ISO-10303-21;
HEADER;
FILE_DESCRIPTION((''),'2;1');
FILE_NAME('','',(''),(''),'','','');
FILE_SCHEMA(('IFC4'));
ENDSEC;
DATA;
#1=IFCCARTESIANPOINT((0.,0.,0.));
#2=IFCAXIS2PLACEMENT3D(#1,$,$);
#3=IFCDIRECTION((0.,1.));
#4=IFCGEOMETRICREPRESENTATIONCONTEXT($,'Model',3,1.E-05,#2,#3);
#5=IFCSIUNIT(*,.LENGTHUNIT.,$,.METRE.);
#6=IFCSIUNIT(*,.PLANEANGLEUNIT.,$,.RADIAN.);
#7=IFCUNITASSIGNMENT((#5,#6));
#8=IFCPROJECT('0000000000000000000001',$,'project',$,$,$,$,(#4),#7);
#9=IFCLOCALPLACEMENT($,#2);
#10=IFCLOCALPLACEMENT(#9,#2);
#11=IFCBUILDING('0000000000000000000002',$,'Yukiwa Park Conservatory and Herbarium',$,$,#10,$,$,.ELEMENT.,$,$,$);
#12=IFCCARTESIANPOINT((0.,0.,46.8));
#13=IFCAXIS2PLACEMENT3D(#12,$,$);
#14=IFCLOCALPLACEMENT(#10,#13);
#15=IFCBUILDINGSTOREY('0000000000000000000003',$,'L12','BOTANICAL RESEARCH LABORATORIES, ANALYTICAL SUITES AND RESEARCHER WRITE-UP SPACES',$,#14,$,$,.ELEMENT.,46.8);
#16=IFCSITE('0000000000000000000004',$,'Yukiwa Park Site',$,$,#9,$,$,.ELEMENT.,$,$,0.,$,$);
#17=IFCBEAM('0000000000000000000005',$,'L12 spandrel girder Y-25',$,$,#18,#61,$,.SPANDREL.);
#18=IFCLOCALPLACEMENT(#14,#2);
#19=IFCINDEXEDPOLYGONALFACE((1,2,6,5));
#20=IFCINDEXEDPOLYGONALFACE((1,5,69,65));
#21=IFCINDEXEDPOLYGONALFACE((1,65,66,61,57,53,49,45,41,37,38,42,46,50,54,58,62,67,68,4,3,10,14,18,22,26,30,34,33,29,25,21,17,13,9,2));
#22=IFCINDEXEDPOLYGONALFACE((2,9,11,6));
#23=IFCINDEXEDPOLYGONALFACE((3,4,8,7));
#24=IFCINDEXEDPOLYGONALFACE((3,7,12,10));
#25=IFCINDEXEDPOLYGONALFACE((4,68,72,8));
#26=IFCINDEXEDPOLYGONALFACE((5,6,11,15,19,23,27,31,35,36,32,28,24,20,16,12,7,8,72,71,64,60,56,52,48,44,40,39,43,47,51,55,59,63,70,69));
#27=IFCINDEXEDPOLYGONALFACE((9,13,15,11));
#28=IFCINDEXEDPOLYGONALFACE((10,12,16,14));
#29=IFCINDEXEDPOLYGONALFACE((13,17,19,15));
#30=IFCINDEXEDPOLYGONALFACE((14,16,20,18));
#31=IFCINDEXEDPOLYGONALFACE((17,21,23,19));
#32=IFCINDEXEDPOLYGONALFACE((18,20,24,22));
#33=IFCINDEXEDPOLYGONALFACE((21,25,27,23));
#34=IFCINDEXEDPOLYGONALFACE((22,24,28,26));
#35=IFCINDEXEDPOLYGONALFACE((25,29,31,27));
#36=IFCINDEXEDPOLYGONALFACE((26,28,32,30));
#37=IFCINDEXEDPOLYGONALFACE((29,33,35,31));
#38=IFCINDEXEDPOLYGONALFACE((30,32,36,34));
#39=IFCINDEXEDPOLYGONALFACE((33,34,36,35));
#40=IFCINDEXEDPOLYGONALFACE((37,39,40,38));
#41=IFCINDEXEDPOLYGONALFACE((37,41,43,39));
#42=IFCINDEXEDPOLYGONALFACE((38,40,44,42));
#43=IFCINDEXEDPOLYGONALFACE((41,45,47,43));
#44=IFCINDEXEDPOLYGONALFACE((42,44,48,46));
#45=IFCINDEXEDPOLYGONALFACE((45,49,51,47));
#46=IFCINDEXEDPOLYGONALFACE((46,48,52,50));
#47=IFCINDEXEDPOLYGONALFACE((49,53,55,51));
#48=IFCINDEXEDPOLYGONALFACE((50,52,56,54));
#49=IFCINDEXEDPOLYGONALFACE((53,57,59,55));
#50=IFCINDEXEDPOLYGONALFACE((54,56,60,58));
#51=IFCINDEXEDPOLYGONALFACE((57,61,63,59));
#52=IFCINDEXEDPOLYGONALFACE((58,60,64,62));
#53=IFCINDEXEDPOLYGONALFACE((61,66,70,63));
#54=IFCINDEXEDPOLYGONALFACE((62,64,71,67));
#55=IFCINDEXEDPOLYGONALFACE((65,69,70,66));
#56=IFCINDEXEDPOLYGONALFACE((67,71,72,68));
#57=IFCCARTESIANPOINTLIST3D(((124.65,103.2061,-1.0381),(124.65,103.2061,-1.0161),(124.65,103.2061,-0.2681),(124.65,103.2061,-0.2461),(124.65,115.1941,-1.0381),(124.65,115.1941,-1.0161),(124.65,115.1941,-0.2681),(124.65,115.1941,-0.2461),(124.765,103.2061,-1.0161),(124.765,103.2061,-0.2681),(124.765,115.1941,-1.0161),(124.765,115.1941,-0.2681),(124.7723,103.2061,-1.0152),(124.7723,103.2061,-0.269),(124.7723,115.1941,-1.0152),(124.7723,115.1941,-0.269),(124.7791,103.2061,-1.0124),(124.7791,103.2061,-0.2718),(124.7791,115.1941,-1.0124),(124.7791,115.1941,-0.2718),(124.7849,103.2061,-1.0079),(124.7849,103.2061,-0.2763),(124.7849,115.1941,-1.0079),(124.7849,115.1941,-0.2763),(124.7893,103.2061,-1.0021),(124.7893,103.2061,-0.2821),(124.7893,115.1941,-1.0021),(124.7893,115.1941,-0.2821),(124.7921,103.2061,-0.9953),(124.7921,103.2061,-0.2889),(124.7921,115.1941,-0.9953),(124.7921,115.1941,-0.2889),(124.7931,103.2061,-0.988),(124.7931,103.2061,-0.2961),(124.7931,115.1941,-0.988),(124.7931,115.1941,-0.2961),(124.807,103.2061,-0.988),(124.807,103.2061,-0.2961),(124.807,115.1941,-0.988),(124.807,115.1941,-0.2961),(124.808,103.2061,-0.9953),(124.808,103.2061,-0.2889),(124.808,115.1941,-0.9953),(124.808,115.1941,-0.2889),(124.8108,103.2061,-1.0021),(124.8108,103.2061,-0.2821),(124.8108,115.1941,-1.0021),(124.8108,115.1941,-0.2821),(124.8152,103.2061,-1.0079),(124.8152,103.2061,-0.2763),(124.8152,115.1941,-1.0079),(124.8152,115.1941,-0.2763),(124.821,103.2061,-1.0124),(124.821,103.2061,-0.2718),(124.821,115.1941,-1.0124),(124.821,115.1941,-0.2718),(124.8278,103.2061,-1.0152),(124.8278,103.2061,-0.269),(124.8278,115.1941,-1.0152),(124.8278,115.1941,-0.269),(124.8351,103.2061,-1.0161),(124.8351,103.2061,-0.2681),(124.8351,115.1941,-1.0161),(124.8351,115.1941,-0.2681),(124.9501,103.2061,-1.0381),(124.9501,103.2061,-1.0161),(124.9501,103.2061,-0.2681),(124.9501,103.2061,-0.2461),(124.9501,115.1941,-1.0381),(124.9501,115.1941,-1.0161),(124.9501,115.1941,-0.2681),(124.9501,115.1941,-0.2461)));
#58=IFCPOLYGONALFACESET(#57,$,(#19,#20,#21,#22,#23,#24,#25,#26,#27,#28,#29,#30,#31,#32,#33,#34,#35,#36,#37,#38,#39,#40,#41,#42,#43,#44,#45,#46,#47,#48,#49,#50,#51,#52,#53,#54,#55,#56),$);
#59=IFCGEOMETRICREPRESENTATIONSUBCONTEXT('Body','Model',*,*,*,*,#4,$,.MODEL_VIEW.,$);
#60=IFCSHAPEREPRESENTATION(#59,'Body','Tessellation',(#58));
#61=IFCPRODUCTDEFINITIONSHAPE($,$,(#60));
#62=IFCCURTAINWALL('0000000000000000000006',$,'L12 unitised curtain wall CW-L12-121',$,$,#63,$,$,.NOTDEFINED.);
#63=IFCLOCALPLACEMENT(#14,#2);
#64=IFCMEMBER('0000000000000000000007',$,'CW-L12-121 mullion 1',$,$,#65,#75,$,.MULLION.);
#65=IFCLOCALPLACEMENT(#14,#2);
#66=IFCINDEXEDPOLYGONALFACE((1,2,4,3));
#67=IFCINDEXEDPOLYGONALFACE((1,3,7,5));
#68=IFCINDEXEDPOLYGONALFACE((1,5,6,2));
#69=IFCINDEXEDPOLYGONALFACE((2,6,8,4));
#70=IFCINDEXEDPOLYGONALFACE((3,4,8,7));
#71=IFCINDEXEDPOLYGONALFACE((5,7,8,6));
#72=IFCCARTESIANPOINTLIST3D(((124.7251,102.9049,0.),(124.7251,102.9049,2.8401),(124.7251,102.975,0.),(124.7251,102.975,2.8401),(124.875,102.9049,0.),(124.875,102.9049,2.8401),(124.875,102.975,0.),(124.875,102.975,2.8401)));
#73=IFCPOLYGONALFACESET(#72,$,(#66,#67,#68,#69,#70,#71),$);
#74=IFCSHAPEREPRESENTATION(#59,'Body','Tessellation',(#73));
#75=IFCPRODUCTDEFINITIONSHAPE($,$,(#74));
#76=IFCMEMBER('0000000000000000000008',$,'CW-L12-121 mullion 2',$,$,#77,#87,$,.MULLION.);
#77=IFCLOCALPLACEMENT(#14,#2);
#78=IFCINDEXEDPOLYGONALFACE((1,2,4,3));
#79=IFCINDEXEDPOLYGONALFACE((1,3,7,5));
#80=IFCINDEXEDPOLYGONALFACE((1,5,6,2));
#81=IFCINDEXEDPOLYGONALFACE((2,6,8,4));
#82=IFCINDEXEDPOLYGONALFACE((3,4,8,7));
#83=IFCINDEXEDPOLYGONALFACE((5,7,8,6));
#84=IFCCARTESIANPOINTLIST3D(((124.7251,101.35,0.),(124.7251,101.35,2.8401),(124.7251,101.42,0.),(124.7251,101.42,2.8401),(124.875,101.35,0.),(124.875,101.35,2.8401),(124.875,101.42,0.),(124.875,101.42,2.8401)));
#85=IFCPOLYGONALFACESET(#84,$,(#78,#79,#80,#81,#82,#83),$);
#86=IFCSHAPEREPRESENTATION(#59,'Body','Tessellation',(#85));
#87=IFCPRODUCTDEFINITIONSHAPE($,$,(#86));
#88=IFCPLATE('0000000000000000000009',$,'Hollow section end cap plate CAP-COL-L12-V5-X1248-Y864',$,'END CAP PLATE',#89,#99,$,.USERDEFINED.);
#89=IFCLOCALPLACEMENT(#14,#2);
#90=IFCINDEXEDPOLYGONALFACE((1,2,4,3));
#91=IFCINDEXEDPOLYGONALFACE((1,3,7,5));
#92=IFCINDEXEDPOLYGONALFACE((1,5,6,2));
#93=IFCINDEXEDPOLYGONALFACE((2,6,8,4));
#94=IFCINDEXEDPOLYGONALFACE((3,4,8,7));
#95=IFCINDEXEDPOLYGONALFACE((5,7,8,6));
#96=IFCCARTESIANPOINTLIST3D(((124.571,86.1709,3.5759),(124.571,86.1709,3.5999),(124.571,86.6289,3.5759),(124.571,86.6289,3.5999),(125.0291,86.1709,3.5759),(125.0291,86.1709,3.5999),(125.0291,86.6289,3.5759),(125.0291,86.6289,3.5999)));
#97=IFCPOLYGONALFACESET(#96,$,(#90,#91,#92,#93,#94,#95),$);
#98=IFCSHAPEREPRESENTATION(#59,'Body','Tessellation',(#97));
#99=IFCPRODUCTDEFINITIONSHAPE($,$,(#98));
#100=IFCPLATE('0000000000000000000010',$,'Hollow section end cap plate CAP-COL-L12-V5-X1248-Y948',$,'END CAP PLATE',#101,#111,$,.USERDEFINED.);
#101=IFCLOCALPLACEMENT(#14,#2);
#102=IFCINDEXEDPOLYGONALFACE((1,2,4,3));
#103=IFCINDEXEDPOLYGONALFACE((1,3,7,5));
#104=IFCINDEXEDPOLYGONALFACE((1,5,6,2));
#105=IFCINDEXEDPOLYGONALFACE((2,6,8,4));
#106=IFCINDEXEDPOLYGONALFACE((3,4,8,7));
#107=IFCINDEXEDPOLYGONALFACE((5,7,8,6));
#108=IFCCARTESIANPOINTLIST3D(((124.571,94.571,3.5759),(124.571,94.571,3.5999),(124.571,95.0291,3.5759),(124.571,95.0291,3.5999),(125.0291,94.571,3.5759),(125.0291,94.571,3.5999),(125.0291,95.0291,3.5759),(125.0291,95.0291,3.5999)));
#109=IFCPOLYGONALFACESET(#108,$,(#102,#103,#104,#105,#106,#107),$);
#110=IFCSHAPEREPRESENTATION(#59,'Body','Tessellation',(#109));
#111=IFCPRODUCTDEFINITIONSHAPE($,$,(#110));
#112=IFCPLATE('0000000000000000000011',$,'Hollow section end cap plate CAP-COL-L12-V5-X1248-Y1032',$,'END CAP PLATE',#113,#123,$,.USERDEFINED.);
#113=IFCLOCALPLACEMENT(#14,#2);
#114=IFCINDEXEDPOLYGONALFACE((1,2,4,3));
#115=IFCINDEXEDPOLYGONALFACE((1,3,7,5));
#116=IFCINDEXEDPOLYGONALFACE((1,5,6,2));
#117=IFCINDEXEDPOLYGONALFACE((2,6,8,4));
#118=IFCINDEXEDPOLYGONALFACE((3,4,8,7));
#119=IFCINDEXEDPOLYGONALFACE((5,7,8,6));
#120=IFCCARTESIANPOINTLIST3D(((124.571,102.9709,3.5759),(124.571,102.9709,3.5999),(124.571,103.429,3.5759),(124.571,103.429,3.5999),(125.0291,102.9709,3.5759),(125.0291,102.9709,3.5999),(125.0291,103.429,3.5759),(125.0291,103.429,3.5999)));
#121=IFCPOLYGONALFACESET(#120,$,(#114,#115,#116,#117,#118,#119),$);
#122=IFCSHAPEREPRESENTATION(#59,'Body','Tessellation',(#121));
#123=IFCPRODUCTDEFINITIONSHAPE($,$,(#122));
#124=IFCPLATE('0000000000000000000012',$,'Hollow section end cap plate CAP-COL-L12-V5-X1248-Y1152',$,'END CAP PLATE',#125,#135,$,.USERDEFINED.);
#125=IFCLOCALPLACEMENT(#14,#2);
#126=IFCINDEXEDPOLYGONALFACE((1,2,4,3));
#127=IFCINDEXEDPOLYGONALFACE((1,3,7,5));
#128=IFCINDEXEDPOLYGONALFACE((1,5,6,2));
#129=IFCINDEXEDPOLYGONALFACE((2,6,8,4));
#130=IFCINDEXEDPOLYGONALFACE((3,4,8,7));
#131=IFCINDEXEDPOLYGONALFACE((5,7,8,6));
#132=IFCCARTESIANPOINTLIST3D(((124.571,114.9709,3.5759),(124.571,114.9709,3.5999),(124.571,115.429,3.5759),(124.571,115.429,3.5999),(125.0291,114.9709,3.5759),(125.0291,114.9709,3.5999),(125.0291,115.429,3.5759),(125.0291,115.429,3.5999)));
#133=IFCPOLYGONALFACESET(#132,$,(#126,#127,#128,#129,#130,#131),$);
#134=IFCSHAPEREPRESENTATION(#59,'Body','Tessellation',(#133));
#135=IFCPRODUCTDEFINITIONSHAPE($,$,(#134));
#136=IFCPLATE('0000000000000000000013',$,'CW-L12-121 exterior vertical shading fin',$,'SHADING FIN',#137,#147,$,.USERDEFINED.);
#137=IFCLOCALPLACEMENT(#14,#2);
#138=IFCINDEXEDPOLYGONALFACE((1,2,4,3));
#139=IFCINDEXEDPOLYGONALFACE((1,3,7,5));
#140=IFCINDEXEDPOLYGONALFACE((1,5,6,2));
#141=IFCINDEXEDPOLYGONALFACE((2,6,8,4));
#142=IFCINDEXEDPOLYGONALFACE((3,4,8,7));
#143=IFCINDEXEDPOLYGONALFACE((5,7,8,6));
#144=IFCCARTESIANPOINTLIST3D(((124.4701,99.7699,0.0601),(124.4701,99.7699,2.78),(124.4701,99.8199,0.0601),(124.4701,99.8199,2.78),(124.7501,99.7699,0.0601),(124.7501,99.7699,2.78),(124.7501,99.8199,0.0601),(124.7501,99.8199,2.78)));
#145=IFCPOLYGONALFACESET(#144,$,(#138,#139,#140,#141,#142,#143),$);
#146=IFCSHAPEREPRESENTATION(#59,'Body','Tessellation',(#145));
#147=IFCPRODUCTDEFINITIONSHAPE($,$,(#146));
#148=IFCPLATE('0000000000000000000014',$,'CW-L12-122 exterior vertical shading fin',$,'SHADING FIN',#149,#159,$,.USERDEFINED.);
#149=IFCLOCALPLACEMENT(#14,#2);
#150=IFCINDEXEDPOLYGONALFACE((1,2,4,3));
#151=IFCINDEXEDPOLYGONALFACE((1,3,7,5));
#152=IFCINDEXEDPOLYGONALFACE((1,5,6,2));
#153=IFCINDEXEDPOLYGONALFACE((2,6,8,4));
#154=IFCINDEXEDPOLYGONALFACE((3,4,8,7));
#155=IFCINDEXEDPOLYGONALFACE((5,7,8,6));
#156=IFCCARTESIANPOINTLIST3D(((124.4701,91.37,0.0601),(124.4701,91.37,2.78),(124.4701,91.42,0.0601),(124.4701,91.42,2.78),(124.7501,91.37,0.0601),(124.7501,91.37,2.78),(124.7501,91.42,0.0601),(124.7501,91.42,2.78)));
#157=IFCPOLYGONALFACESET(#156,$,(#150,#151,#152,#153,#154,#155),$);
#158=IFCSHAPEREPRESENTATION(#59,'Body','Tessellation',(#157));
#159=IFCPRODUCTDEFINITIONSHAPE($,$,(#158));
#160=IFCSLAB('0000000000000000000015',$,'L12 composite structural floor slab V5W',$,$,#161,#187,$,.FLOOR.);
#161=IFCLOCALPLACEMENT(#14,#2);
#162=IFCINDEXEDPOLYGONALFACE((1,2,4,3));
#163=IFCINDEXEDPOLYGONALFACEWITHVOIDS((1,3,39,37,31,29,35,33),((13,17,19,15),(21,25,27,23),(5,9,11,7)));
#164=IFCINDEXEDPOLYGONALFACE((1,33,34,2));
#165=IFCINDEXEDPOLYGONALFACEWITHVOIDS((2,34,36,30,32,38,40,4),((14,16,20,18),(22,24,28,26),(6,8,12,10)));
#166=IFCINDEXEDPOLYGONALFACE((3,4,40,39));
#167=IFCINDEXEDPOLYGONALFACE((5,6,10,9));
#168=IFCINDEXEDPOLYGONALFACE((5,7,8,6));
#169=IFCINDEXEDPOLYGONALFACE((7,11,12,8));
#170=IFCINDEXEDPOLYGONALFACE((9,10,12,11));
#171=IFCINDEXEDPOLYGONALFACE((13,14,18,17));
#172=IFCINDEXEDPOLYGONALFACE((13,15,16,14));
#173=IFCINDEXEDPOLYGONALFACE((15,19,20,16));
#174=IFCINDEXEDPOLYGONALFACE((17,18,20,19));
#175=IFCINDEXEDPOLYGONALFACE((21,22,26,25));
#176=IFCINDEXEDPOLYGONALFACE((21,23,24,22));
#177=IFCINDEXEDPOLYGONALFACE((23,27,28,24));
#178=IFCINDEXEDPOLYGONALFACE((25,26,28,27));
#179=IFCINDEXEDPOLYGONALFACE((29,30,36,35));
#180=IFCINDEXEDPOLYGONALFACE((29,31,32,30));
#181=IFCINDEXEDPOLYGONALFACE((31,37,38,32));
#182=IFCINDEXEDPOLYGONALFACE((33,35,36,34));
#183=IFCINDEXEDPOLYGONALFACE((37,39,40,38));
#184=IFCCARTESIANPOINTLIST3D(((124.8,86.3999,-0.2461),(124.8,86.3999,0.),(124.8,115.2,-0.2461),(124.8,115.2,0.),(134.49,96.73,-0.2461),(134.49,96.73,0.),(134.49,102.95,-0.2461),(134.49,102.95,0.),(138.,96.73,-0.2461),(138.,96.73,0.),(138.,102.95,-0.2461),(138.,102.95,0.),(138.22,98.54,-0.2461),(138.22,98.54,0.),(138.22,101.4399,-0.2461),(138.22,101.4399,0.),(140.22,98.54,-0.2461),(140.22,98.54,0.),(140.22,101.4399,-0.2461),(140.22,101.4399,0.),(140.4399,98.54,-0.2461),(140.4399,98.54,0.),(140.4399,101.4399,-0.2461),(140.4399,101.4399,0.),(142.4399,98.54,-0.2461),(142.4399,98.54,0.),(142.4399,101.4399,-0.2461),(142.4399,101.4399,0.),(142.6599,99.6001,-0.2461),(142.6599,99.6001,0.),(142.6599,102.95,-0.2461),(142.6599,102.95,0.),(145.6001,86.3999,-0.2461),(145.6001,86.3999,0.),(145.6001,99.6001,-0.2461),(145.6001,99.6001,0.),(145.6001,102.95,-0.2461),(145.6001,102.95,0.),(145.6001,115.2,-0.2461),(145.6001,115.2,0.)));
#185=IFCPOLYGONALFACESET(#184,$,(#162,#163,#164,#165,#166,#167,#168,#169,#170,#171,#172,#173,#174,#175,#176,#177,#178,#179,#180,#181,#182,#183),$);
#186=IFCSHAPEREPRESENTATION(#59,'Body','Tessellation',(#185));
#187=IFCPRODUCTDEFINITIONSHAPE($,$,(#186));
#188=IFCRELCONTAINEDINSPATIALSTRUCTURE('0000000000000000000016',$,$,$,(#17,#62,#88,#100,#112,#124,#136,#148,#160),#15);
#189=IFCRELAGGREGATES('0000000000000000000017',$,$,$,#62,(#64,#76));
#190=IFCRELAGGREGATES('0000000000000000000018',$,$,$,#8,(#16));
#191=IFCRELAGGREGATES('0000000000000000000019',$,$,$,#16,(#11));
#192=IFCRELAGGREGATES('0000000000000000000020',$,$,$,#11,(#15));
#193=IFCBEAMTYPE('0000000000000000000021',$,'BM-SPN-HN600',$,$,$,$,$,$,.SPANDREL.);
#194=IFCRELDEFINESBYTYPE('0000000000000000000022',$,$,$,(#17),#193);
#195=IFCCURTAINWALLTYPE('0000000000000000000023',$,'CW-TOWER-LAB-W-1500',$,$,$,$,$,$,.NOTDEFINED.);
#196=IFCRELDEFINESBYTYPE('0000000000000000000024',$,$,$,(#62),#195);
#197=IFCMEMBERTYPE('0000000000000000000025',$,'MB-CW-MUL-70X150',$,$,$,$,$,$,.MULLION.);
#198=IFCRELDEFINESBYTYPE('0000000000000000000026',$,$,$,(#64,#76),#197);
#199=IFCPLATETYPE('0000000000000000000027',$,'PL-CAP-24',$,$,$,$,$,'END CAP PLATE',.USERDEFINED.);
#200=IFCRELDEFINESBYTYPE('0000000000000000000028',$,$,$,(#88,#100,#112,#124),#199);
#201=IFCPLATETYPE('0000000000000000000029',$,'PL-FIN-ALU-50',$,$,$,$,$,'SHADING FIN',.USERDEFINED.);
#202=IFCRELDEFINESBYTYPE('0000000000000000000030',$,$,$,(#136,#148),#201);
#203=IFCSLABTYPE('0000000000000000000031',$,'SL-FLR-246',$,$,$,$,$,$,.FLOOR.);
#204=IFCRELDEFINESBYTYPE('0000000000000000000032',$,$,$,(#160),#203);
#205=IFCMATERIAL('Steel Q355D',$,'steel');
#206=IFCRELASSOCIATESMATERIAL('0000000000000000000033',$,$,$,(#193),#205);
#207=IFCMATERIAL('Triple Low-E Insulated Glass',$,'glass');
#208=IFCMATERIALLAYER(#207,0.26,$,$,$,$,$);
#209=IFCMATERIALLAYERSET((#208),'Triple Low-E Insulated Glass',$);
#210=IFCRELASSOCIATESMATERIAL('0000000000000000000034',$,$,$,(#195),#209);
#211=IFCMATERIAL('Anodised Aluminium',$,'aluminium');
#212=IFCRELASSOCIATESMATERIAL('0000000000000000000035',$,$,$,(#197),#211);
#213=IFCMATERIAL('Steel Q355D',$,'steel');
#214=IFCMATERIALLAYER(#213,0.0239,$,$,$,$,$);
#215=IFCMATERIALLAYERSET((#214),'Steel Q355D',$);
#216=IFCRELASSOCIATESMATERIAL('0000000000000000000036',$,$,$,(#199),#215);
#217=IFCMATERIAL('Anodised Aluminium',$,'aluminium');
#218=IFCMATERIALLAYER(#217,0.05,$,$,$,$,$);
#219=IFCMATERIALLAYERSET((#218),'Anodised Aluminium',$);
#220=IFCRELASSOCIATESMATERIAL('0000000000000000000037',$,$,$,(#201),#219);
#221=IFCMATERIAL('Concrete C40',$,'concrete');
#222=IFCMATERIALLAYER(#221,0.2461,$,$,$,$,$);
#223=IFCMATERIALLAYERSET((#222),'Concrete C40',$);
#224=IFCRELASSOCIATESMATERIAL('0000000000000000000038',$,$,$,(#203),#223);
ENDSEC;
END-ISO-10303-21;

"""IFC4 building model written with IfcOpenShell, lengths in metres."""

from ifc_helpers import new_model, si_unit, direction, frame, origin, origin_2d, place, context, subcontext, project, spatial, polyline, rectangle, i_section, outline, extrude, material, layer, layer_set, material_profile, profile_set, type_object, element, aggregate, save


model = new_model("IFC4")

# Units and contexts
model_context = context("Model", 3, precision=1e-05, world=origin(), true_north=direction((0.0, 1.0)))
body_context = subcontext(model_context, "Body", "Model", "MODEL_VIEW")
ifc_project = project(units=[si_unit("LENGTHUNIT", "METRE"), si_unit("PLANEANGLEUNIT", "RADIAN")], contexts=[model_context])

# Site, building, storey
site_placement = place(None, origin())
site = spatial("IfcSite", under=ifc_project, at=site_placement, Name="Yukiwa Park Site", CompositionType="ELEMENT", RefElevation=0.0)
building_placement = place(site_placement, origin())
building = spatial("IfcBuilding", under=site, at=building_placement, Name="Yukiwa Park Conservatory and Herbarium", CompositionType="ELEMENT")
storey_placement = place(building_placement, frame((0.0, 0.0, 46.8)))
storey = spatial("IfcBuildingStorey", under=building, at=storey_placement, Name="L12", Description="BOTANICAL RESEARCH LABORATORIES, ANALYTICAL SUITES AND RESEARCHER WRITE-UP SPACES", CompositionType="ELEMENT", Elevation=46.8)

# Beam
ifc_material_1 = material(Name="Steel Q355D", Category="steel")
ifc_material_profile_1 = material_profile(ifc_material_1, i_section(OverallWidth=0.3, OverallDepth=0.792, WebThickness=0.0139, FlangeThickness=0.022, FilletRadius=0.0281, at=origin_2d()), Name="HN 792x300x14x22")
ifc_profile_set_1 = profile_set([ifc_material_profile_1], Name="Steel Q355D")
beam_type_1 = type_object("IfcBeamType", Name="BM-SPN-HN600", PredefinedType="SPANDREL", material=ifc_profile_set_1)
beam_1_placement = place(storey_placement, frame((124.8, 103.2061, -0.6421), z_axis=(0.0, 1.0, 0.0), x_axis=(-1.0, 0.0, 0.0)))
element("IfcBeam", 1, at=beam_1_placement, inside=storey, type_object=beam_type_1, Name="L12 spandrel girder Y-25", PredefinedType="SPANDREL", context=body_context, shape_type="SweptSolid", body=[
    extrude(i_section(OverallWidth=0.3, OverallDepth=0.792, WebThickness=0.0139, FlangeThickness=0.022, FilletRadius=0.0281, at=origin_2d()), origin(), (0.0, 0.0, 1.0), 11.988),
])

# Curtain wall, members
ifc_material_2 = material(Name="Triple Low-E Insulated Glass", Category="glass")
ifc_layer_1 = layer(ifc_material_2, 0.26)
ifc_layer_set_1 = layer_set([ifc_layer_1], Name="Triple Low-E Insulated Glass")
curtain_wall_type = type_object("IfcCurtainWallType", Name="CW-TOWER-LAB-W-1500", PredefinedType="NOTDEFINED", material=ifc_layer_set_1)
curtain_wall_placement = place(storey_placement, origin())
curtain_wall = element("IfcCurtainWall", 2, at=curtain_wall_placement, inside=storey, type_object=curtain_wall_type, Name="L12 unitised curtain wall CW-L12-121", PredefinedType="NOTDEFINED")
ifc_material_3 = material(Name="Anodised Aluminium", Category="aluminium")
member_type = type_object("IfcMemberType", Name="MB-CW-MUL-70X150", PredefinedType="MULLION", material=ifc_material_3)
member_1_placement = place(storey_placement, frame((124.8, 102.9399, 0.0), z_axis=(0.0, 0.0, 1.0), x_axis=(0.0, -1.0, 0.0)))
member_1 = element("IfcMember", 3, at=member_1_placement, type_object=member_type, Name="CW-L12-121 mullion 1", PredefinedType="MULLION", context=body_context, shape_type="SweptSolid", body=[
    extrude(rectangle(XDim=0.0701, YDim=0.1499, at=origin_2d()), origin(), (0.0, 0.0, 1.0), 2.8401),
])
member_2_placement = place(storey_placement, frame((124.8, 101.385, 0.0), z_axis=(0.0, 0.0, 1.0), x_axis=(0.0, -1.0, 0.0)))
member_2 = element("IfcMember", 4, at=member_2_placement, type_object=member_type, Name="CW-L12-121 mullion 2", PredefinedType="MULLION", context=body_context, shape_type="SweptSolid", body=[
    extrude(rectangle(XDim=0.0701, YDim=0.1499, at=origin_2d()), origin(), (0.0, 0.0, 1.0), 2.8401),
])
aggregate(curtain_wall, [member_1, member_2])

# Plates
ifc_material_4 = material(Name="Steel Q355D", Category="steel")
ifc_layer_2 = layer(ifc_material_4, 0.0239)
ifc_layer_set_2 = layer_set([ifc_layer_2], Name="Steel Q355D")
plate_type_1 = type_object("IfcPlateType", Name="PL-CAP-24", ElementType="END CAP PLATE", PredefinedType="USERDEFINED", material=ifc_layer_set_2)
for number, where, z_axis, x_axis, name in (
    (5, (124.8, 86.3999, 3.5759), (0.0, 0.0, 1.0), (1.0, 0.0, 0.0), "Hollow section end cap plate CAP-COL-L12-V5-X1248-Y864"),
    (6, (124.8, 94.8, 3.5759), (0.0, 0.0, 1.0), (1.0, 0.0, 0.0), "Hollow section end cap plate CAP-COL-L12-V5-X1248-Y948"),
    (7, (124.8, 103.2, 3.5759), (0.0, 0.0, 1.0), (1.0, 0.0, 0.0), "Hollow section end cap plate CAP-COL-L12-V5-X1248-Y1032"),
    (8, (124.8, 115.2, 3.5759), (0.0, 0.0, 1.0), (1.0, 0.0, 0.0), "Hollow section end cap plate CAP-COL-L12-V5-X1248-Y1152"),
):
    element("IfcPlate", number, at=place(storey_placement, frame(where, z_axis=z_axis, x_axis=x_axis)), inside=storey, type_object=plate_type_1, Name=name, ObjectType="END CAP PLATE", PredefinedType="USERDEFINED", context=body_context, shape_type="SweptSolid", body=[
        extrude(rectangle(XDim=0.458, YDim=0.458, at=origin_2d()), origin(), (0.0, 0.0, 1.0), 0.0239),
    ])
ifc_material_5 = material(Name="Anodised Aluminium", Category="aluminium")
ifc_layer_3 = layer(ifc_material_5, 0.05)
ifc_layer_set_3 = layer_set([ifc_layer_3], Name="Anodised Aluminium")
plate_type_2 = type_object("IfcPlateType", Name="PL-FIN-ALU-50", ElementType="SHADING FIN", PredefinedType="USERDEFINED", material=ifc_layer_set_3)
for number, where, z_axis, x_axis, name in (
    (9, (124.6101, 99.7949, 0.0601), (0.0, 0.0, 1.0), (0.0, -1.0, 0.0), "CW-L12-121 exterior vertical shading fin"),
    (10, (124.6101, 91.395, 0.0601), (0.0, 0.0, 1.0), (0.0, -1.0, 0.0), "CW-L12-122 exterior vertical shading fin"),
):
    element("IfcPlate", number, at=place(storey_placement, frame(where, z_axis=z_axis, x_axis=x_axis)), inside=storey, type_object=plate_type_2, Name=name, ObjectType="SHADING FIN", PredefinedType="USERDEFINED", context=body_context, shape_type="SweptSolid", body=[
        extrude(rectangle(XDim=0.05, YDim=0.28, at=origin_2d()), origin(), (0.0, 0.0, 1.0), 2.72),
    ])

# Slab
ifc_material_6 = material(Name="Concrete C40", Category="concrete")
ifc_layer_4 = layer(ifc_material_6, 0.2461)
ifc_layer_set_4 = layer_set([ifc_layer_4], Name="Concrete C40")
slab_type_1 = type_object("IfcSlabType", Name="SL-FLR-246", PredefinedType="FLOOR", material=ifc_layer_set_4)
slab_1_placement = place(storey_placement, frame((0.0, 0.0, -0.2461)))
element("IfcSlab", 11, at=slab_1_placement, inside=storey, type_object=slab_type_1, Name="L12 composite structural floor slab V5W", PredefinedType="FLOOR", context=body_context, shape_type="SweptSolid", body=[
    extrude(outline(polyline([(124.8, 115.2), (145.6001, 115.2), (145.6001, 102.95), (142.6599, 102.95), (142.6599, 99.6001), (145.6001, 99.6001), (145.6001, 86.3999), (124.8, 86.3999), (124.8, 115.2)]), holes=[polyline([(134.49, 102.95), (134.49, 96.73), (138.0, 96.73), (138.0, 102.95), (134.49, 102.95)]), polyline([(140.22, 101.4399), (138.22, 101.4399), (138.22, 98.54), (140.22, 98.54), (140.22, 101.4399)]), polyline([(140.4399, 101.4399), (140.4399, 98.54), (142.4399, 98.54), (142.4399, 101.4399), (140.4399, 101.4399)])]), origin(), (0.0, 0.0, 1.0), 0.2461),
])

save(model, "model.ifc")
